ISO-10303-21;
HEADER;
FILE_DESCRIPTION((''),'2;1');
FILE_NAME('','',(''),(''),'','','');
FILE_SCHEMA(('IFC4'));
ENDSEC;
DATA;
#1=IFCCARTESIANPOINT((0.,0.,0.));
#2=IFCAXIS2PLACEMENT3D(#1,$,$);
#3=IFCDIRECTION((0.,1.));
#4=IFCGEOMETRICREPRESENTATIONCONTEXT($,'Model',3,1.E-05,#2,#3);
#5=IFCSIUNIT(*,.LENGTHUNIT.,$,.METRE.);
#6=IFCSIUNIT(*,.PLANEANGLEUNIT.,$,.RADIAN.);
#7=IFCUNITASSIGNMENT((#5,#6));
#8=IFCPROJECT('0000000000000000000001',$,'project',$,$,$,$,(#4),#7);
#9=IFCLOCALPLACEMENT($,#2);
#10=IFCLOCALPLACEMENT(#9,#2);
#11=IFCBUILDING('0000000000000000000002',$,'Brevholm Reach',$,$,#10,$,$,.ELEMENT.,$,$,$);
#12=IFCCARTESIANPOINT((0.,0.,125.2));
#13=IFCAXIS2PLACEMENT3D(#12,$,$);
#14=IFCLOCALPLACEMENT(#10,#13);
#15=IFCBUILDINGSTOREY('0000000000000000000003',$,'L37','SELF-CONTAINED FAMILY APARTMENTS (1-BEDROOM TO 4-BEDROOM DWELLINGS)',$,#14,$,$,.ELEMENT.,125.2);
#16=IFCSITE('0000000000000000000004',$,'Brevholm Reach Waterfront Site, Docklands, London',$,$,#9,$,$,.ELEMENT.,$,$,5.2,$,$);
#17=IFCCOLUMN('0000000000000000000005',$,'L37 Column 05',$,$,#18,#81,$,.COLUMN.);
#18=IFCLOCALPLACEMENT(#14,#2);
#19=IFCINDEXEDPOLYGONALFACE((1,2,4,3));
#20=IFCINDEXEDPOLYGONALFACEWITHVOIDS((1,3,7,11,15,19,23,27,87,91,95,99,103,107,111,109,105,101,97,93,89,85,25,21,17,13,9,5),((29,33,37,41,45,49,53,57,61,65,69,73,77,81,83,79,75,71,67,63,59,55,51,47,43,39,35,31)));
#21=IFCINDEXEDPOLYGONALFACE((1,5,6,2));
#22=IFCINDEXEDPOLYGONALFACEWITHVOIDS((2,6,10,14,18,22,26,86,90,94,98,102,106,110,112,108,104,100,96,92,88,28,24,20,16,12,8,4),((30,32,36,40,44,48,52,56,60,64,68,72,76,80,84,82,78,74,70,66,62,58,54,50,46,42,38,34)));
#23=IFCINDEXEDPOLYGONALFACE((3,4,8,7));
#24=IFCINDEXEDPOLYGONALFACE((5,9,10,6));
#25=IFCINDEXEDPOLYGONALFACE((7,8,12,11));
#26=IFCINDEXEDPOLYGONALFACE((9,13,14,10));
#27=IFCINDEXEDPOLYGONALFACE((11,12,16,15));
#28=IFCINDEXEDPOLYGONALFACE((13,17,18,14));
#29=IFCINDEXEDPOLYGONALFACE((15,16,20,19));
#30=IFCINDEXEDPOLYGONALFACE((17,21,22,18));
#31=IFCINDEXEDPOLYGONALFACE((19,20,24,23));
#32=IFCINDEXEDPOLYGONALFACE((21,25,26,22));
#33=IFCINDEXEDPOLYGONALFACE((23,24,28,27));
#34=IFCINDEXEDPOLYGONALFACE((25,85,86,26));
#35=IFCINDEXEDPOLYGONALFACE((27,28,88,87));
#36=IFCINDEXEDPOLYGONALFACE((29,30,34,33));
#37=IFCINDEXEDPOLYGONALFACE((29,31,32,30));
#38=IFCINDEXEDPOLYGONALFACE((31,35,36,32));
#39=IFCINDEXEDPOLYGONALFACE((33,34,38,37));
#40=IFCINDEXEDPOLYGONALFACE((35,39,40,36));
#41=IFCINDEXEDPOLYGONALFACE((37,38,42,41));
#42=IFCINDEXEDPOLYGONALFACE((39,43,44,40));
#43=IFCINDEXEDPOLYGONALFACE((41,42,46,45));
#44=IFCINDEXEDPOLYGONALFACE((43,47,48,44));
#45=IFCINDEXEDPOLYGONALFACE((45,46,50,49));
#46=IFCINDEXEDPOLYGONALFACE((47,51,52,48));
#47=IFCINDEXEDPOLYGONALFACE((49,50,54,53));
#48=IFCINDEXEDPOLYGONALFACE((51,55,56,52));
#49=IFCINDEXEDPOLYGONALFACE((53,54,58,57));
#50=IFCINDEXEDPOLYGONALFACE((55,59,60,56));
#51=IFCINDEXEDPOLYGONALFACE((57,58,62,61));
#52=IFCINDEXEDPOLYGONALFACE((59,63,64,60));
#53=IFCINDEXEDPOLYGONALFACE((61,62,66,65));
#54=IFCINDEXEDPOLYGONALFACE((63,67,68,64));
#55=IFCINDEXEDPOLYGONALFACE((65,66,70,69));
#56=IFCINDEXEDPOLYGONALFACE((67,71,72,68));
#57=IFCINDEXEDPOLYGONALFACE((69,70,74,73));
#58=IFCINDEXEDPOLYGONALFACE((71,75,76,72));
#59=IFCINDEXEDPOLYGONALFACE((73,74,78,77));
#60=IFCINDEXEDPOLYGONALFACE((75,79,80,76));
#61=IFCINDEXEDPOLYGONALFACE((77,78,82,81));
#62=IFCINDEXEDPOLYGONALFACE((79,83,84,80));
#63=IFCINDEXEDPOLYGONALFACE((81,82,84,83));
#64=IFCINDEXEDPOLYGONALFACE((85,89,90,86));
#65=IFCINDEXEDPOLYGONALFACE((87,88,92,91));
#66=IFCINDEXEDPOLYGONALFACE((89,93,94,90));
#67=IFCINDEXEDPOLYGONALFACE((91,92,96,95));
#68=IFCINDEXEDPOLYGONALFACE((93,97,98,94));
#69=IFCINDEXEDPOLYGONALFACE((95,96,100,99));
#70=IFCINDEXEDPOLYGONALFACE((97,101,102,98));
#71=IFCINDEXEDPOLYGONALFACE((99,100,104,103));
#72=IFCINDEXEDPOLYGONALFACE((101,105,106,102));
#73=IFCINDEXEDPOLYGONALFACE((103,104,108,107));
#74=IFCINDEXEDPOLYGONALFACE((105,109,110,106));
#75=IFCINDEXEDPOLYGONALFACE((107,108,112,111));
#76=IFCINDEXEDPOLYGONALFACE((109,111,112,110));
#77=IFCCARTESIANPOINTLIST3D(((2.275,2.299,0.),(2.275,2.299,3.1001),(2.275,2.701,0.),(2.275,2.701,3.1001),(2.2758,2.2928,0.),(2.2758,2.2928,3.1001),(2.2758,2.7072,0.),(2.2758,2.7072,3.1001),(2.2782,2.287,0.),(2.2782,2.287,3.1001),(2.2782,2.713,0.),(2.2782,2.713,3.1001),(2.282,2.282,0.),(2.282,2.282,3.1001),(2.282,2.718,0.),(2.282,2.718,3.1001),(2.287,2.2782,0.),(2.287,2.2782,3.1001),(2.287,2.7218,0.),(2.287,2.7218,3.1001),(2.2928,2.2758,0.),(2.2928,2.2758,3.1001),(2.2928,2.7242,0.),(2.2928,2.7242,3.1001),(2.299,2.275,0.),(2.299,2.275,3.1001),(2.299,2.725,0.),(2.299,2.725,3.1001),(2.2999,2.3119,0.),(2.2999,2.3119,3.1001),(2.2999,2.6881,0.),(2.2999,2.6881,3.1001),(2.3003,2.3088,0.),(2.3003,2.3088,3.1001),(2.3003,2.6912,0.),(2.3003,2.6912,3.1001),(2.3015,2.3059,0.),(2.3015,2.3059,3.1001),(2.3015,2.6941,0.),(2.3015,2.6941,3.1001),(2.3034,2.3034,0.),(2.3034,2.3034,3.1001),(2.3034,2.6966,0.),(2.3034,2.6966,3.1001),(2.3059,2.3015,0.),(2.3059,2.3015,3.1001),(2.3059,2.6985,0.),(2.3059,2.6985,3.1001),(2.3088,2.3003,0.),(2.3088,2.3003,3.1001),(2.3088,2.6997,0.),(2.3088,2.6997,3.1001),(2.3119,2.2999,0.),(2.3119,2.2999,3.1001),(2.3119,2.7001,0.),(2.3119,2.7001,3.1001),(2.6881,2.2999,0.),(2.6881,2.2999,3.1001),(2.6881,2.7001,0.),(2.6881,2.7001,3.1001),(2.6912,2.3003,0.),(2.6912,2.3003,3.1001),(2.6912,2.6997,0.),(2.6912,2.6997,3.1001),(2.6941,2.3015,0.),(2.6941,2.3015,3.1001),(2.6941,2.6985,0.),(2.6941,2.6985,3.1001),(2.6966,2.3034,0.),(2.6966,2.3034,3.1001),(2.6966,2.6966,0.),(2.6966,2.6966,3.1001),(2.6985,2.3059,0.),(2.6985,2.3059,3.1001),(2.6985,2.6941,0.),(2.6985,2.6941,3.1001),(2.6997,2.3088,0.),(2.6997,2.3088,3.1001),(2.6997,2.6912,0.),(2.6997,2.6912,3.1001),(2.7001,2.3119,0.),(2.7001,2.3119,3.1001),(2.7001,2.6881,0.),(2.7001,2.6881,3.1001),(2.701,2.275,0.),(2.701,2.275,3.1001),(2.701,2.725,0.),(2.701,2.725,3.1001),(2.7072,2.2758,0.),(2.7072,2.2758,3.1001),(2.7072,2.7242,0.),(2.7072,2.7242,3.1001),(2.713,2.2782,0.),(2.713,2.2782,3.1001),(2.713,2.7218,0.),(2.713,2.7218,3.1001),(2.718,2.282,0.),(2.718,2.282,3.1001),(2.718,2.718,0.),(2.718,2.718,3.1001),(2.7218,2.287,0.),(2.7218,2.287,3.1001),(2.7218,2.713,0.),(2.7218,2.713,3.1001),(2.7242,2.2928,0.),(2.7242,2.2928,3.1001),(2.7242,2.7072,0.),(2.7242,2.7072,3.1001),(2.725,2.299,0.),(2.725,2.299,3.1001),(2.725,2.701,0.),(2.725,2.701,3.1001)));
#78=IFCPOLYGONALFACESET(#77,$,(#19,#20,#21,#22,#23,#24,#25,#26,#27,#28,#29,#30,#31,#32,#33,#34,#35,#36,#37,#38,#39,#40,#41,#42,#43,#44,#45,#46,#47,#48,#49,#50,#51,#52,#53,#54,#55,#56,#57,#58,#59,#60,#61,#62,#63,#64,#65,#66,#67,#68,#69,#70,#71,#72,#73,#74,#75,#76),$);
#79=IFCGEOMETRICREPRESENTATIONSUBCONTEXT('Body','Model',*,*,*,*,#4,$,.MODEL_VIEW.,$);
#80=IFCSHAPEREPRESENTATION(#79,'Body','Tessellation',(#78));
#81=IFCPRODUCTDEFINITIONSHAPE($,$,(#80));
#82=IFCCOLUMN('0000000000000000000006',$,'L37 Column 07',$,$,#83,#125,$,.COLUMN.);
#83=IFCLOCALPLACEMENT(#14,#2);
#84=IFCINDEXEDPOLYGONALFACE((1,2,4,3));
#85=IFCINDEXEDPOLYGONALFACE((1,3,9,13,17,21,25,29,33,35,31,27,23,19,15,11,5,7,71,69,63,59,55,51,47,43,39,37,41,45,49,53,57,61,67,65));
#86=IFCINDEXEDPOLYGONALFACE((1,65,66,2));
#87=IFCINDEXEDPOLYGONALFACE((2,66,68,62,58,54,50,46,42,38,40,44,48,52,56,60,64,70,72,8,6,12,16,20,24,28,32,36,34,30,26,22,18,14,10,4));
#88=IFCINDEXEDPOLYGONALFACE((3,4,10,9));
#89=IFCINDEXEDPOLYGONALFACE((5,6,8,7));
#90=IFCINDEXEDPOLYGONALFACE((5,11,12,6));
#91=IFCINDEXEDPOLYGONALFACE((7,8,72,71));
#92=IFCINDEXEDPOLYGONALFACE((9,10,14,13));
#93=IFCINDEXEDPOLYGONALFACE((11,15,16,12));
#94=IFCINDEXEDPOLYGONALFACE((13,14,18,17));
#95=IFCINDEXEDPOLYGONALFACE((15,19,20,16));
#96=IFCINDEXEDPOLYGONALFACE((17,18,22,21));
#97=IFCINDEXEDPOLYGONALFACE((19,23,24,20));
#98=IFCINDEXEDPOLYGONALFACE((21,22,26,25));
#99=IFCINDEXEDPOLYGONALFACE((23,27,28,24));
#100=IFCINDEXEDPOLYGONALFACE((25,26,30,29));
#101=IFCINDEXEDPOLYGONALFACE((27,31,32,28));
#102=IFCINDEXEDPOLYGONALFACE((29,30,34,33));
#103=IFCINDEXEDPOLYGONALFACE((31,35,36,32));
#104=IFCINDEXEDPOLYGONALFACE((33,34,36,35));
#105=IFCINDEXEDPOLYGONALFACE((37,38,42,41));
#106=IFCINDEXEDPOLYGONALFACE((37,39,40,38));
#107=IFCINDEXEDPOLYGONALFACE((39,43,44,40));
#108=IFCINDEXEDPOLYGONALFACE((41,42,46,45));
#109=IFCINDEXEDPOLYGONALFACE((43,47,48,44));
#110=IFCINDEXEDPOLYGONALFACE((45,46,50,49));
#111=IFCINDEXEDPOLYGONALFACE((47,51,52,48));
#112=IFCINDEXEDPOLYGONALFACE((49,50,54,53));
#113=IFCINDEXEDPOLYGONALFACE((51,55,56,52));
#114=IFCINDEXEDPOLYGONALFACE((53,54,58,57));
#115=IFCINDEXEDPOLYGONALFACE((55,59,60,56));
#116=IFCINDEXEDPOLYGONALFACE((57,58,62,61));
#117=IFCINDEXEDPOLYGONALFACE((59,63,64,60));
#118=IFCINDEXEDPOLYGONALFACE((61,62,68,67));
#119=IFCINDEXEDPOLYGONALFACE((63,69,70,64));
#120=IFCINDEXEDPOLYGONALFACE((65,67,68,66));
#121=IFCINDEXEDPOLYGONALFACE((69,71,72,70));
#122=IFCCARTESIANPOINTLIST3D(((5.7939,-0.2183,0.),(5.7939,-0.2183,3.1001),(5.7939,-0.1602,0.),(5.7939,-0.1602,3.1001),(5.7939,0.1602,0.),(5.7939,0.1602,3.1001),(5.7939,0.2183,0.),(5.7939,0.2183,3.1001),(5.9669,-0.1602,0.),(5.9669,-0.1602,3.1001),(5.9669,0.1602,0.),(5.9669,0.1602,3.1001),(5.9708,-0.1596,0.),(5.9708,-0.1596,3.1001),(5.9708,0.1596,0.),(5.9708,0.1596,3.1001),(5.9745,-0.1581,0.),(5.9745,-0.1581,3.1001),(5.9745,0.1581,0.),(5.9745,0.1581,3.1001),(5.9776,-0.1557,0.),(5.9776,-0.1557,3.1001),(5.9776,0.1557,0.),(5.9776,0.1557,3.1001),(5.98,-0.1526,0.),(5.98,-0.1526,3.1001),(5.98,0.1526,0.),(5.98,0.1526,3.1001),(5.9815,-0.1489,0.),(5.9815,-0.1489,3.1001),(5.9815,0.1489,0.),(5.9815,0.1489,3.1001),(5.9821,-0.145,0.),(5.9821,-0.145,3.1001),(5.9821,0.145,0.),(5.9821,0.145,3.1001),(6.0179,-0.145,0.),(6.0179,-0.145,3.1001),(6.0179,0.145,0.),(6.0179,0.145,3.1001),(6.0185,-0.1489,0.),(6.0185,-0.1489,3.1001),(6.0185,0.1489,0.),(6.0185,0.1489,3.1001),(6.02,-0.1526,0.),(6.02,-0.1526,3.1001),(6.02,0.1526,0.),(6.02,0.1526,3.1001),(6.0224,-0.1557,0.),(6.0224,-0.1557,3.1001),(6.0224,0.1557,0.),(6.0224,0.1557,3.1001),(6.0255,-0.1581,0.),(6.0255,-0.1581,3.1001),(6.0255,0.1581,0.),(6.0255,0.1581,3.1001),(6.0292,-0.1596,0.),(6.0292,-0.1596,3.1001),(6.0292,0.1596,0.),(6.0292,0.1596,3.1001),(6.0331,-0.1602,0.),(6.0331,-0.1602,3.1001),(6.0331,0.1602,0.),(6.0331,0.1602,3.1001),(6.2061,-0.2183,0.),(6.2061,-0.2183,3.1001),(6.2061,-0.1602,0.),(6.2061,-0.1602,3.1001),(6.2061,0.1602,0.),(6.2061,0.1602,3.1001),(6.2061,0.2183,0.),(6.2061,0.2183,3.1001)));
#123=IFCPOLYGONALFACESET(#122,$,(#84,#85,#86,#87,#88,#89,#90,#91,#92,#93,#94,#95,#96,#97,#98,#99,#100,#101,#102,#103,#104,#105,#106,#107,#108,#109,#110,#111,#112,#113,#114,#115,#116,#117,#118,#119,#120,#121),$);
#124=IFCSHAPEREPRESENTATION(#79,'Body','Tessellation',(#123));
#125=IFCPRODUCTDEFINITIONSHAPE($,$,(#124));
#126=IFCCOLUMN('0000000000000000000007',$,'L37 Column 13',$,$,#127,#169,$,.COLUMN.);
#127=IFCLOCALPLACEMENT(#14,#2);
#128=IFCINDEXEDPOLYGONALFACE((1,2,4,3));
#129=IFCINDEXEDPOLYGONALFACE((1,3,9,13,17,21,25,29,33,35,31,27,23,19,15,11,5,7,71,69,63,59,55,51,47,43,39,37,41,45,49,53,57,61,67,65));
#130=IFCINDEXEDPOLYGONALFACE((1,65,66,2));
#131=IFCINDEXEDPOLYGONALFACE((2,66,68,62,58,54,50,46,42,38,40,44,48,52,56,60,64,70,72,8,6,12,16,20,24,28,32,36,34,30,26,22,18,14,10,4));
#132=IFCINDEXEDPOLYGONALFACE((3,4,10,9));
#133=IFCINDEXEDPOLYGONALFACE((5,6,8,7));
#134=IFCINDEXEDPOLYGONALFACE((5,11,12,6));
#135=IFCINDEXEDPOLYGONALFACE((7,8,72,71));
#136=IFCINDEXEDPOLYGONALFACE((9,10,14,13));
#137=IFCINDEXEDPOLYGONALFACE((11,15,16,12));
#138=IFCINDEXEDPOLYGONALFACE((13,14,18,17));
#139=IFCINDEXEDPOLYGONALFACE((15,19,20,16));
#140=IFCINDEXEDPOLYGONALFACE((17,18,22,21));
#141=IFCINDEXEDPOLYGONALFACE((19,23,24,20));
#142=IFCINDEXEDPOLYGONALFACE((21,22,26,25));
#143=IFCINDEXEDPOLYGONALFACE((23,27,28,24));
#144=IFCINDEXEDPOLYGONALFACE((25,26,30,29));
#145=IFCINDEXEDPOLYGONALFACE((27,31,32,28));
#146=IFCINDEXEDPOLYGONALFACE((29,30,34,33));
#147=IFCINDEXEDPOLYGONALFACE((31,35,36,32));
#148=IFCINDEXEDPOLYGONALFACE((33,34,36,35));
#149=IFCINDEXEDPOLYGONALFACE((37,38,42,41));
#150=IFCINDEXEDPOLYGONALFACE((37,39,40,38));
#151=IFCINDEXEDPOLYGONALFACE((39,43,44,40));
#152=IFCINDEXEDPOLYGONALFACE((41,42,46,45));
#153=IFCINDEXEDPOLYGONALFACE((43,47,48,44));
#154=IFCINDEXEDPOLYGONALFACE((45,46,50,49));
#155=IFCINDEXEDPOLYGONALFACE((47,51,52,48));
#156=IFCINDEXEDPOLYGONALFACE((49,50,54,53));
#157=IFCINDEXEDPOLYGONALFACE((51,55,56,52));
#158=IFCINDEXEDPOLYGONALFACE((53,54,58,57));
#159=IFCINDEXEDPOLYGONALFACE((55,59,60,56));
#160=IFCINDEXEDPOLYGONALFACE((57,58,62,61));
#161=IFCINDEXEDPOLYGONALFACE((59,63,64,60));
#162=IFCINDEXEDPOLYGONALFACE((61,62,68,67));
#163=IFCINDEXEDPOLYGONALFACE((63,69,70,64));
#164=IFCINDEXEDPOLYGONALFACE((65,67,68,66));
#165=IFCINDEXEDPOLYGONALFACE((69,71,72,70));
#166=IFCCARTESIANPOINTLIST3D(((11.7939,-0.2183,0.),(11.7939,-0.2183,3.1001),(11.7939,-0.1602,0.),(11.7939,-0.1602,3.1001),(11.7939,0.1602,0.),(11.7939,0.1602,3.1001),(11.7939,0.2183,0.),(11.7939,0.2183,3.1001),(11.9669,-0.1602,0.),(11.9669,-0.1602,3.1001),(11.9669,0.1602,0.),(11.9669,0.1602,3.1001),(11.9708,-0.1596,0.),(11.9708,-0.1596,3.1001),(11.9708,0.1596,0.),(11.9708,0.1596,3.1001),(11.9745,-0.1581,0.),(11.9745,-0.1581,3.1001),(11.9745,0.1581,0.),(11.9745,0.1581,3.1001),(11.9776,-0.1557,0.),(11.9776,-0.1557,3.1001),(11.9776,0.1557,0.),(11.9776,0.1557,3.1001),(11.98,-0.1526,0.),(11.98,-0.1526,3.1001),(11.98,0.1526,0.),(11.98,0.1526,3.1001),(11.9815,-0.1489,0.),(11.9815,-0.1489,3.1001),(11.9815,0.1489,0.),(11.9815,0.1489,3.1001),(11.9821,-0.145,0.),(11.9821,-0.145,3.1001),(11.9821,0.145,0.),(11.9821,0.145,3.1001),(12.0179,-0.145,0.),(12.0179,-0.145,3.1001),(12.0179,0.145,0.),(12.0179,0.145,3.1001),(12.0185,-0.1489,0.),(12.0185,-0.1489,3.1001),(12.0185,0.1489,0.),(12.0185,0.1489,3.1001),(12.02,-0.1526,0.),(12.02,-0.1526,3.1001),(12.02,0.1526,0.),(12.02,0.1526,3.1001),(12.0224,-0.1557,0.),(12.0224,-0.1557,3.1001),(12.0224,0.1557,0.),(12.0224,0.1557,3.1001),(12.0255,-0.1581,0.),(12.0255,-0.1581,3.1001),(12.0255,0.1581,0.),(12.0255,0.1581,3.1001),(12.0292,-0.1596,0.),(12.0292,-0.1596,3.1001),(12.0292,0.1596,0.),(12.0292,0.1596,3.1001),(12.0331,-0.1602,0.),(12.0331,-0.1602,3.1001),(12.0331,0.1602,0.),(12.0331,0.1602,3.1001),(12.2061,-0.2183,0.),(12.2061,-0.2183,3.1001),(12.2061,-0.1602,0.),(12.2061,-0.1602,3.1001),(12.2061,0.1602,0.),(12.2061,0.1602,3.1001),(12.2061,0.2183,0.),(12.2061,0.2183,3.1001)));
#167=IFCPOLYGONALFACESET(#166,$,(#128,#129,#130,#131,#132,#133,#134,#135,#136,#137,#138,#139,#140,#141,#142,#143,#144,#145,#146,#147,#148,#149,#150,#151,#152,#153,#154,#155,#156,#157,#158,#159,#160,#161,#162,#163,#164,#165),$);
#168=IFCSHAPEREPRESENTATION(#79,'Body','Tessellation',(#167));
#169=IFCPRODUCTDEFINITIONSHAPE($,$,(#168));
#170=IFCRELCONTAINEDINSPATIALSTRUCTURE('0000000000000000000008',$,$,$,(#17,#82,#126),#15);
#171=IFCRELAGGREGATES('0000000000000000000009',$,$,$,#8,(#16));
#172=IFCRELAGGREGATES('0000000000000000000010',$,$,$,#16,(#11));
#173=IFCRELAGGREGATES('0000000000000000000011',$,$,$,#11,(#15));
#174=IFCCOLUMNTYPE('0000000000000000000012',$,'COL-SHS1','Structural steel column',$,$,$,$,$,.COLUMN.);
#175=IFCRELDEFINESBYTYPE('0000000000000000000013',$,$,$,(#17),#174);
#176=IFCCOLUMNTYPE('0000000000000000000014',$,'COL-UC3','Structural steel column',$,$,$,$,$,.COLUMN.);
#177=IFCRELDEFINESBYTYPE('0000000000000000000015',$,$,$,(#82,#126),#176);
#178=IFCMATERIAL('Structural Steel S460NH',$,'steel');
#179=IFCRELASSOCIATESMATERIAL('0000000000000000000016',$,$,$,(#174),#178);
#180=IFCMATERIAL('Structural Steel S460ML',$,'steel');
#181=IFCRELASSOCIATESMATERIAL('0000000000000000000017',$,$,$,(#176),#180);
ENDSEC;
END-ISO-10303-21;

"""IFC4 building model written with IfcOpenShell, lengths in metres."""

from ifc_helpers import new_model, si_unit, direction, frame, origin, origin_2d, place, context, subcontext, project, spatial, hollow_rectangle, i_section, extrude, material, material_profile, profile_set, type_object, element, save


model = new_model("IFC4")

# Units and contexts
model_context = context("Model", 3, precision=1e-05, world=origin(), true_north=direction((0.0, 1.0)))
body_context = subcontext(model_context, "Body", "Model", "MODEL_VIEW")
ifc_project = project(units=[si_unit("LENGTHUNIT", "METRE"), si_unit("PLANEANGLEUNIT", "RADIAN")], contexts=[model_context])

# Site, building, storey
site_placement = place(None, origin())
site = spatial("IfcSite", under=ifc_project, at=site_placement, Name="Brevholm Reach Waterfront Site, Docklands, London", CompositionType="ELEMENT", RefElevation=5.2)
building_placement = place(site_placement, origin())
building = spatial("IfcBuilding", under=site, at=building_placement, Name="Brevholm Reach", CompositionType="ELEMENT")
storey_placement = place(building_placement, frame((0.0, 0.0, 125.2)))
storey = spatial("IfcBuildingStorey", under=building, at=storey_placement, Name="L37", Description="SELF-CONTAINED FAMILY APARTMENTS (1-BEDROOM TO 4-BEDROOM DWELLINGS)", CompositionType="ELEMENT", Elevation=125.2)

# Columns
ifc_material_1 = material(Name="Structural Steel S460NH", Category="steel")
ifc_material_profile_1 = material_profile(ifc_material_1, hollow_rectangle(XDim=0.45, YDim=0.45, WallThickness=0.0249, InnerFilletRadius=0.012, OuterFilletRadius=0.0239, at=origin_2d()), Name="SHS 450x450x25")
ifc_profile_set_1 = profile_set([ifc_material_profile_1], Name="Structural Steel S460NH")
column_type_1 = type_object("IfcColumnType", Name="COL-SHS1", Description="Structural steel column", PredefinedType="COLUMN", material=ifc_profile_set_1)
column_1_placement = place(storey_placement, frame((2.5, 2.5, 0.0), z_axis=(0.0, 0.0, 1.0), x_axis=(1.0, 0.0, 0.0)))
element("IfcColumn", 1, at=column_1_placement, inside=storey, type_object=column_type_1, Name="L37 Column 05", PredefinedType="COLUMN", context=body_context, shape_type="SweptSolid", body=[
    extrude(hollow_rectangle(XDim=0.45, YDim=0.45, WallThickness=0.0249, InnerFilletRadius=0.012, OuterFilletRadius=0.0239, at=origin_2d()), origin(), (0.0, 0.0, 1.0), 3.1001),
])
ifc_material_2 = material(Name="Structural Steel S460ML", Category="steel")
ifc_material_profile_2 = material_profile(ifc_material_2, i_section(OverallWidth=0.4121, OverallDepth=0.4365, WebThickness=0.0359, FlangeThickness=0.0581, FilletRadius=0.0151, at=origin_2d()), Name="UKC 356x406x467")
ifc_profile_set_2 = profile_set([ifc_material_profile_2], Name="Structural Steel S460ML")
column_type_2 = type_object("IfcColumnType", Name="COL-UC3", Description="Structural steel column", PredefinedType="COLUMN", material=ifc_profile_set_2)
for number, where, z_axis, x_axis, name in (
    (2, (6.0, 0.0, 0.0), (0.0, 0.0, 1.0), (1.0, 0.0, 0.0), "L37 Column 07"),
    (3, (12.0, 0.0, 0.0), (0.0, 0.0, 1.0), (1.0, 0.0, 0.0), "L37 Column 13"),
):
    element("IfcColumn", number, at=place(storey_placement, frame(where, z_axis=z_axis, x_axis=x_axis)), inside=storey, type_object=column_type_2, Name=name, PredefinedType="COLUMN", context=body_context, shape_type="SweptSolid", body=[
        extrude(i_section(OverallWidth=0.4121, OverallDepth=0.4365, WebThickness=0.0359, FlangeThickness=0.0581, FilletRadius=0.0151, at=origin_2d()), origin(), (0.0, 0.0, 1.0), 3.1001),
    ])

save(model, "model.ifc")
